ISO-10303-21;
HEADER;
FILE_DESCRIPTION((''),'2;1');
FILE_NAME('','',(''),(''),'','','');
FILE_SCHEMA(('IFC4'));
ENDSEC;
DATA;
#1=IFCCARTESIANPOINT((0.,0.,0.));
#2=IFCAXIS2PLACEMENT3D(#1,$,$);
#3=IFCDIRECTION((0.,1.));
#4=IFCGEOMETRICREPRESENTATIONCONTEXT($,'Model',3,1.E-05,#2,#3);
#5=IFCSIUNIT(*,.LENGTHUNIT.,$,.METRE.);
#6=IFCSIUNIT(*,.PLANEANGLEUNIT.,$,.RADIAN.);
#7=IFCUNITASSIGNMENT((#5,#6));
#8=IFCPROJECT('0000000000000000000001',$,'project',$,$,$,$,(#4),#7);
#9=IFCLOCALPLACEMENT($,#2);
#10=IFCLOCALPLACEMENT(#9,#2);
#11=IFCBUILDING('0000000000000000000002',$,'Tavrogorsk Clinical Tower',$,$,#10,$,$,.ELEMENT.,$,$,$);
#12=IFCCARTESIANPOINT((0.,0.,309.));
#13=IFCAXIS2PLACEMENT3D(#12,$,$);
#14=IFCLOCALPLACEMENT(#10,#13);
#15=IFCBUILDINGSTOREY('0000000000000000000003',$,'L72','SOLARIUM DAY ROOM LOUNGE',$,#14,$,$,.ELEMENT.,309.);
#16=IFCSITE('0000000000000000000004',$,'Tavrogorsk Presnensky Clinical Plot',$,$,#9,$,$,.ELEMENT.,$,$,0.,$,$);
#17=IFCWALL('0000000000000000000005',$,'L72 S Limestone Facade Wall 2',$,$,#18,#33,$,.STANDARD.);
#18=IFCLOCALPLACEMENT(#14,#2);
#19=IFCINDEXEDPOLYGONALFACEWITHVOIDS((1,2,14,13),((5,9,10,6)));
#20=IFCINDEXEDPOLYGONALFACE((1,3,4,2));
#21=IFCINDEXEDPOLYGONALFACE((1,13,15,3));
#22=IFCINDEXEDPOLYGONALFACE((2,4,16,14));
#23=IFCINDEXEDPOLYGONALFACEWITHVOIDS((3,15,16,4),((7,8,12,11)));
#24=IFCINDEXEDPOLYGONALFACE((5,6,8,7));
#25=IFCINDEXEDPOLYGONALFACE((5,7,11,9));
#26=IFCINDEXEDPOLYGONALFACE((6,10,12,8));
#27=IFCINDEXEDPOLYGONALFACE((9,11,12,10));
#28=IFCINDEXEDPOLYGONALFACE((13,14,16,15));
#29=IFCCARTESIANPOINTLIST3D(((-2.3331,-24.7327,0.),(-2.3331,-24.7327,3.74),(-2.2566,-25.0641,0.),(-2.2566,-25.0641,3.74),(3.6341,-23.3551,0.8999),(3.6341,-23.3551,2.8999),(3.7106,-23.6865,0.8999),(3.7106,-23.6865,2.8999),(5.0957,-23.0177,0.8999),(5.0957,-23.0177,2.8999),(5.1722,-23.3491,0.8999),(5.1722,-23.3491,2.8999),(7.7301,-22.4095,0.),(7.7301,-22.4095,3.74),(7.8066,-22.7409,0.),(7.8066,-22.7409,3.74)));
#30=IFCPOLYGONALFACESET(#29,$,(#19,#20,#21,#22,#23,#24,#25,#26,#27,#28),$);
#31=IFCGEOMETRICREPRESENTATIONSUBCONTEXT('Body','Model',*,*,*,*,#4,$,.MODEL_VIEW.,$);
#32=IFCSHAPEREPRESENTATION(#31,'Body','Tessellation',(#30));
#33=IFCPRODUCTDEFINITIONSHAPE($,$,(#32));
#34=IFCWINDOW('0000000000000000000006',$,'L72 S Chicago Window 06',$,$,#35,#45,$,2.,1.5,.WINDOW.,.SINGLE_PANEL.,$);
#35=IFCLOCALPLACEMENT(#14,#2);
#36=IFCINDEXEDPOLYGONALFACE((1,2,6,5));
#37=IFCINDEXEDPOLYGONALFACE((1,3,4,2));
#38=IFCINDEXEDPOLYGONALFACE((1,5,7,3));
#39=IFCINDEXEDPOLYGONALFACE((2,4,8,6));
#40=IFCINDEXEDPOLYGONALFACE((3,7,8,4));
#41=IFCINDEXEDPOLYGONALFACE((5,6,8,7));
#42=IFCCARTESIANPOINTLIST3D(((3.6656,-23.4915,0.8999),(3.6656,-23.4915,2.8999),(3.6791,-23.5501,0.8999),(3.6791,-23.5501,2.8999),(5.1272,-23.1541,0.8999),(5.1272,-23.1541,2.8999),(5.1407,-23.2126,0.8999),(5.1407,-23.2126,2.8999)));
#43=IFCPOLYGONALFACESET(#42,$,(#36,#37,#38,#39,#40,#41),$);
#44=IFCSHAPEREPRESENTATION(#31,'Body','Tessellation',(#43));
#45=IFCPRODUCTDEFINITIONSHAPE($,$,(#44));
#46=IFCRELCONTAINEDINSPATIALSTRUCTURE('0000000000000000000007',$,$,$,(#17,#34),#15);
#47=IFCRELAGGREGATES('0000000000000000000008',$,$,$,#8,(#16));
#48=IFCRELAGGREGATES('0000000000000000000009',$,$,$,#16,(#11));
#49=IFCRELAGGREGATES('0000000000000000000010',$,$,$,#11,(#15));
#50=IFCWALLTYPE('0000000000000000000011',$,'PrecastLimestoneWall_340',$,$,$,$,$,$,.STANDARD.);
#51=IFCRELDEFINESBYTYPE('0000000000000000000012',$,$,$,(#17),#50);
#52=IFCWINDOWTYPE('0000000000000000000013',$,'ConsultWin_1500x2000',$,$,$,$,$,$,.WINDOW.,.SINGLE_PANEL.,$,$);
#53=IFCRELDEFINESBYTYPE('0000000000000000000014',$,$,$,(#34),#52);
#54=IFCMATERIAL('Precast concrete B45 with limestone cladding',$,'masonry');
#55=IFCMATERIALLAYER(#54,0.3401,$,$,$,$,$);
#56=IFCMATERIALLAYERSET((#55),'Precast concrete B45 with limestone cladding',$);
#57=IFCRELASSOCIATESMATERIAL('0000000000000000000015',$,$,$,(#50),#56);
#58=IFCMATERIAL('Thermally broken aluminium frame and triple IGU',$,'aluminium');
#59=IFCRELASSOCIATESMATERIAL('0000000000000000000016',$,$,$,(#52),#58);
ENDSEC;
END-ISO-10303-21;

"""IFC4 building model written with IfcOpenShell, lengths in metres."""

from ifc_helpers import new_model, si_unit, direction, frame, frame_2d, origin, place, context, subcontext, project, spatial, rectangle, extrude, material, layer, layer_set, type_object, element, fill, save


model = new_model("IFC4")

# Units and contexts
model_context = context("Model", 3, precision=1e-05, world=origin(), true_north=direction((0.0, 1.0)))
body_context = subcontext(model_context, "Body", "Model", "MODEL_VIEW")
ifc_project = project(units=[si_unit("LENGTHUNIT", "METRE"), si_unit("PLANEANGLEUNIT", "RADIAN")], contexts=[model_context])

# Site, building, storey
site_placement = place(None, origin())
site = spatial("IfcSite", under=ifc_project, at=site_placement, Name="Tavrogorsk Presnensky Clinical Plot", CompositionType="ELEMENT", RefElevation=0.0)
building_placement = place(site_placement, origin())
building = spatial("IfcBuilding", under=site, at=building_placement, Name="Tavrogorsk Clinical Tower", CompositionType="ELEMENT")
storey_placement = place(building_placement, frame((0.0, 0.0, 309.0)))
storey = spatial("IfcBuildingStorey", under=building, at=storey_placement, Name="L72", Description="SOLARIUM DAY ROOM LOUNGE", CompositionType="ELEMENT", Elevation=309.0)

# Wall, opening, window
ifc_material_1 = material(Name="Precast concrete B45 with limestone cladding", Category="masonry")
ifc_layer_1 = layer(ifc_material_1, 0.3401)
ifc_layer_set_1 = layer_set([ifc_layer_1], Name="Precast concrete B45 with limestone cladding")
wall_type_1 = type_object("IfcWallType", Name="PrecastLimestoneWall_340", PredefinedType="STANDARD", material=ifc_layer_set_1)
wall_1_placement = place(storey_placement, frame((-2.2949, -24.8984, 0.0), z_axis=(0.0, 0.0, 1.0), x_axis=(0.974371, 0.224948, 0.0)))
wall_1 = element("IfcWall", 1, at=wall_1_placement, inside=storey, type_object=wall_type_1, Name="L72 S Limestone Facade Wall 2", PredefinedType="STANDARD", context=body_context, shape_type="SweptSolid", body=[
    extrude(rectangle(XDim=10.3279, YDim=0.3401, at=frame_2d((5.1641, 0.0))), origin(), (0.0, 0.0, 1.0), 3.74),
])
opening_1_placement = place(wall_1_placement, frame((6.1243, 0.0, 0.8999)))
opening_1 = element("IfcOpeningElement", 2, at=opening_1_placement, cuts=wall_1, PredefinedType="OPENING", context=body_context, shape_type="SweptSolid", body=[
    extrude(rectangle(XDim=1.5, YDim=2.0, at=frame_2d((0.75, 1.0))), frame((0.0, 0.1799, 0.0), z_axis=(0.0, -1.0, 0.0), x_axis=(1.0, 0.0, 0.0)), (0.0, 0.0, 1.0), 0.3601),
])
ifc_material_2 = material(Name="Thermally broken aluminium frame and triple IGU", Category="aluminium")
window_type = type_object("IfcWindowType", Name="ConsultWin_1500x2000", PartitioningType="SINGLE_PANEL", PredefinedType="WINDOW", material=ifc_material_2)
window_placement = place(opening_1_placement, origin())
window = element("IfcWindow", 3, at=window_placement, inside=storey, type_object=window_type, Name="L72 S Chicago Window 06", OverallHeight=2.0, OverallWidth=1.5, PartitioningType="SINGLE_PANEL", PredefinedType="WINDOW", context=body_context, shape_type="SweptSolid", body=[
    extrude(rectangle(XDim=1.5, YDim=2.0, at=frame_2d((0.75, 1.0))), frame((0.0, 0.03, 0.0), z_axis=(0.0, -1.0, 0.0), x_axis=(1.0, 0.0, 0.0)), (0.0, 0.0, 1.0), 0.0601),
])
fill(opening_1, window)

save(model, "model.ifc")
